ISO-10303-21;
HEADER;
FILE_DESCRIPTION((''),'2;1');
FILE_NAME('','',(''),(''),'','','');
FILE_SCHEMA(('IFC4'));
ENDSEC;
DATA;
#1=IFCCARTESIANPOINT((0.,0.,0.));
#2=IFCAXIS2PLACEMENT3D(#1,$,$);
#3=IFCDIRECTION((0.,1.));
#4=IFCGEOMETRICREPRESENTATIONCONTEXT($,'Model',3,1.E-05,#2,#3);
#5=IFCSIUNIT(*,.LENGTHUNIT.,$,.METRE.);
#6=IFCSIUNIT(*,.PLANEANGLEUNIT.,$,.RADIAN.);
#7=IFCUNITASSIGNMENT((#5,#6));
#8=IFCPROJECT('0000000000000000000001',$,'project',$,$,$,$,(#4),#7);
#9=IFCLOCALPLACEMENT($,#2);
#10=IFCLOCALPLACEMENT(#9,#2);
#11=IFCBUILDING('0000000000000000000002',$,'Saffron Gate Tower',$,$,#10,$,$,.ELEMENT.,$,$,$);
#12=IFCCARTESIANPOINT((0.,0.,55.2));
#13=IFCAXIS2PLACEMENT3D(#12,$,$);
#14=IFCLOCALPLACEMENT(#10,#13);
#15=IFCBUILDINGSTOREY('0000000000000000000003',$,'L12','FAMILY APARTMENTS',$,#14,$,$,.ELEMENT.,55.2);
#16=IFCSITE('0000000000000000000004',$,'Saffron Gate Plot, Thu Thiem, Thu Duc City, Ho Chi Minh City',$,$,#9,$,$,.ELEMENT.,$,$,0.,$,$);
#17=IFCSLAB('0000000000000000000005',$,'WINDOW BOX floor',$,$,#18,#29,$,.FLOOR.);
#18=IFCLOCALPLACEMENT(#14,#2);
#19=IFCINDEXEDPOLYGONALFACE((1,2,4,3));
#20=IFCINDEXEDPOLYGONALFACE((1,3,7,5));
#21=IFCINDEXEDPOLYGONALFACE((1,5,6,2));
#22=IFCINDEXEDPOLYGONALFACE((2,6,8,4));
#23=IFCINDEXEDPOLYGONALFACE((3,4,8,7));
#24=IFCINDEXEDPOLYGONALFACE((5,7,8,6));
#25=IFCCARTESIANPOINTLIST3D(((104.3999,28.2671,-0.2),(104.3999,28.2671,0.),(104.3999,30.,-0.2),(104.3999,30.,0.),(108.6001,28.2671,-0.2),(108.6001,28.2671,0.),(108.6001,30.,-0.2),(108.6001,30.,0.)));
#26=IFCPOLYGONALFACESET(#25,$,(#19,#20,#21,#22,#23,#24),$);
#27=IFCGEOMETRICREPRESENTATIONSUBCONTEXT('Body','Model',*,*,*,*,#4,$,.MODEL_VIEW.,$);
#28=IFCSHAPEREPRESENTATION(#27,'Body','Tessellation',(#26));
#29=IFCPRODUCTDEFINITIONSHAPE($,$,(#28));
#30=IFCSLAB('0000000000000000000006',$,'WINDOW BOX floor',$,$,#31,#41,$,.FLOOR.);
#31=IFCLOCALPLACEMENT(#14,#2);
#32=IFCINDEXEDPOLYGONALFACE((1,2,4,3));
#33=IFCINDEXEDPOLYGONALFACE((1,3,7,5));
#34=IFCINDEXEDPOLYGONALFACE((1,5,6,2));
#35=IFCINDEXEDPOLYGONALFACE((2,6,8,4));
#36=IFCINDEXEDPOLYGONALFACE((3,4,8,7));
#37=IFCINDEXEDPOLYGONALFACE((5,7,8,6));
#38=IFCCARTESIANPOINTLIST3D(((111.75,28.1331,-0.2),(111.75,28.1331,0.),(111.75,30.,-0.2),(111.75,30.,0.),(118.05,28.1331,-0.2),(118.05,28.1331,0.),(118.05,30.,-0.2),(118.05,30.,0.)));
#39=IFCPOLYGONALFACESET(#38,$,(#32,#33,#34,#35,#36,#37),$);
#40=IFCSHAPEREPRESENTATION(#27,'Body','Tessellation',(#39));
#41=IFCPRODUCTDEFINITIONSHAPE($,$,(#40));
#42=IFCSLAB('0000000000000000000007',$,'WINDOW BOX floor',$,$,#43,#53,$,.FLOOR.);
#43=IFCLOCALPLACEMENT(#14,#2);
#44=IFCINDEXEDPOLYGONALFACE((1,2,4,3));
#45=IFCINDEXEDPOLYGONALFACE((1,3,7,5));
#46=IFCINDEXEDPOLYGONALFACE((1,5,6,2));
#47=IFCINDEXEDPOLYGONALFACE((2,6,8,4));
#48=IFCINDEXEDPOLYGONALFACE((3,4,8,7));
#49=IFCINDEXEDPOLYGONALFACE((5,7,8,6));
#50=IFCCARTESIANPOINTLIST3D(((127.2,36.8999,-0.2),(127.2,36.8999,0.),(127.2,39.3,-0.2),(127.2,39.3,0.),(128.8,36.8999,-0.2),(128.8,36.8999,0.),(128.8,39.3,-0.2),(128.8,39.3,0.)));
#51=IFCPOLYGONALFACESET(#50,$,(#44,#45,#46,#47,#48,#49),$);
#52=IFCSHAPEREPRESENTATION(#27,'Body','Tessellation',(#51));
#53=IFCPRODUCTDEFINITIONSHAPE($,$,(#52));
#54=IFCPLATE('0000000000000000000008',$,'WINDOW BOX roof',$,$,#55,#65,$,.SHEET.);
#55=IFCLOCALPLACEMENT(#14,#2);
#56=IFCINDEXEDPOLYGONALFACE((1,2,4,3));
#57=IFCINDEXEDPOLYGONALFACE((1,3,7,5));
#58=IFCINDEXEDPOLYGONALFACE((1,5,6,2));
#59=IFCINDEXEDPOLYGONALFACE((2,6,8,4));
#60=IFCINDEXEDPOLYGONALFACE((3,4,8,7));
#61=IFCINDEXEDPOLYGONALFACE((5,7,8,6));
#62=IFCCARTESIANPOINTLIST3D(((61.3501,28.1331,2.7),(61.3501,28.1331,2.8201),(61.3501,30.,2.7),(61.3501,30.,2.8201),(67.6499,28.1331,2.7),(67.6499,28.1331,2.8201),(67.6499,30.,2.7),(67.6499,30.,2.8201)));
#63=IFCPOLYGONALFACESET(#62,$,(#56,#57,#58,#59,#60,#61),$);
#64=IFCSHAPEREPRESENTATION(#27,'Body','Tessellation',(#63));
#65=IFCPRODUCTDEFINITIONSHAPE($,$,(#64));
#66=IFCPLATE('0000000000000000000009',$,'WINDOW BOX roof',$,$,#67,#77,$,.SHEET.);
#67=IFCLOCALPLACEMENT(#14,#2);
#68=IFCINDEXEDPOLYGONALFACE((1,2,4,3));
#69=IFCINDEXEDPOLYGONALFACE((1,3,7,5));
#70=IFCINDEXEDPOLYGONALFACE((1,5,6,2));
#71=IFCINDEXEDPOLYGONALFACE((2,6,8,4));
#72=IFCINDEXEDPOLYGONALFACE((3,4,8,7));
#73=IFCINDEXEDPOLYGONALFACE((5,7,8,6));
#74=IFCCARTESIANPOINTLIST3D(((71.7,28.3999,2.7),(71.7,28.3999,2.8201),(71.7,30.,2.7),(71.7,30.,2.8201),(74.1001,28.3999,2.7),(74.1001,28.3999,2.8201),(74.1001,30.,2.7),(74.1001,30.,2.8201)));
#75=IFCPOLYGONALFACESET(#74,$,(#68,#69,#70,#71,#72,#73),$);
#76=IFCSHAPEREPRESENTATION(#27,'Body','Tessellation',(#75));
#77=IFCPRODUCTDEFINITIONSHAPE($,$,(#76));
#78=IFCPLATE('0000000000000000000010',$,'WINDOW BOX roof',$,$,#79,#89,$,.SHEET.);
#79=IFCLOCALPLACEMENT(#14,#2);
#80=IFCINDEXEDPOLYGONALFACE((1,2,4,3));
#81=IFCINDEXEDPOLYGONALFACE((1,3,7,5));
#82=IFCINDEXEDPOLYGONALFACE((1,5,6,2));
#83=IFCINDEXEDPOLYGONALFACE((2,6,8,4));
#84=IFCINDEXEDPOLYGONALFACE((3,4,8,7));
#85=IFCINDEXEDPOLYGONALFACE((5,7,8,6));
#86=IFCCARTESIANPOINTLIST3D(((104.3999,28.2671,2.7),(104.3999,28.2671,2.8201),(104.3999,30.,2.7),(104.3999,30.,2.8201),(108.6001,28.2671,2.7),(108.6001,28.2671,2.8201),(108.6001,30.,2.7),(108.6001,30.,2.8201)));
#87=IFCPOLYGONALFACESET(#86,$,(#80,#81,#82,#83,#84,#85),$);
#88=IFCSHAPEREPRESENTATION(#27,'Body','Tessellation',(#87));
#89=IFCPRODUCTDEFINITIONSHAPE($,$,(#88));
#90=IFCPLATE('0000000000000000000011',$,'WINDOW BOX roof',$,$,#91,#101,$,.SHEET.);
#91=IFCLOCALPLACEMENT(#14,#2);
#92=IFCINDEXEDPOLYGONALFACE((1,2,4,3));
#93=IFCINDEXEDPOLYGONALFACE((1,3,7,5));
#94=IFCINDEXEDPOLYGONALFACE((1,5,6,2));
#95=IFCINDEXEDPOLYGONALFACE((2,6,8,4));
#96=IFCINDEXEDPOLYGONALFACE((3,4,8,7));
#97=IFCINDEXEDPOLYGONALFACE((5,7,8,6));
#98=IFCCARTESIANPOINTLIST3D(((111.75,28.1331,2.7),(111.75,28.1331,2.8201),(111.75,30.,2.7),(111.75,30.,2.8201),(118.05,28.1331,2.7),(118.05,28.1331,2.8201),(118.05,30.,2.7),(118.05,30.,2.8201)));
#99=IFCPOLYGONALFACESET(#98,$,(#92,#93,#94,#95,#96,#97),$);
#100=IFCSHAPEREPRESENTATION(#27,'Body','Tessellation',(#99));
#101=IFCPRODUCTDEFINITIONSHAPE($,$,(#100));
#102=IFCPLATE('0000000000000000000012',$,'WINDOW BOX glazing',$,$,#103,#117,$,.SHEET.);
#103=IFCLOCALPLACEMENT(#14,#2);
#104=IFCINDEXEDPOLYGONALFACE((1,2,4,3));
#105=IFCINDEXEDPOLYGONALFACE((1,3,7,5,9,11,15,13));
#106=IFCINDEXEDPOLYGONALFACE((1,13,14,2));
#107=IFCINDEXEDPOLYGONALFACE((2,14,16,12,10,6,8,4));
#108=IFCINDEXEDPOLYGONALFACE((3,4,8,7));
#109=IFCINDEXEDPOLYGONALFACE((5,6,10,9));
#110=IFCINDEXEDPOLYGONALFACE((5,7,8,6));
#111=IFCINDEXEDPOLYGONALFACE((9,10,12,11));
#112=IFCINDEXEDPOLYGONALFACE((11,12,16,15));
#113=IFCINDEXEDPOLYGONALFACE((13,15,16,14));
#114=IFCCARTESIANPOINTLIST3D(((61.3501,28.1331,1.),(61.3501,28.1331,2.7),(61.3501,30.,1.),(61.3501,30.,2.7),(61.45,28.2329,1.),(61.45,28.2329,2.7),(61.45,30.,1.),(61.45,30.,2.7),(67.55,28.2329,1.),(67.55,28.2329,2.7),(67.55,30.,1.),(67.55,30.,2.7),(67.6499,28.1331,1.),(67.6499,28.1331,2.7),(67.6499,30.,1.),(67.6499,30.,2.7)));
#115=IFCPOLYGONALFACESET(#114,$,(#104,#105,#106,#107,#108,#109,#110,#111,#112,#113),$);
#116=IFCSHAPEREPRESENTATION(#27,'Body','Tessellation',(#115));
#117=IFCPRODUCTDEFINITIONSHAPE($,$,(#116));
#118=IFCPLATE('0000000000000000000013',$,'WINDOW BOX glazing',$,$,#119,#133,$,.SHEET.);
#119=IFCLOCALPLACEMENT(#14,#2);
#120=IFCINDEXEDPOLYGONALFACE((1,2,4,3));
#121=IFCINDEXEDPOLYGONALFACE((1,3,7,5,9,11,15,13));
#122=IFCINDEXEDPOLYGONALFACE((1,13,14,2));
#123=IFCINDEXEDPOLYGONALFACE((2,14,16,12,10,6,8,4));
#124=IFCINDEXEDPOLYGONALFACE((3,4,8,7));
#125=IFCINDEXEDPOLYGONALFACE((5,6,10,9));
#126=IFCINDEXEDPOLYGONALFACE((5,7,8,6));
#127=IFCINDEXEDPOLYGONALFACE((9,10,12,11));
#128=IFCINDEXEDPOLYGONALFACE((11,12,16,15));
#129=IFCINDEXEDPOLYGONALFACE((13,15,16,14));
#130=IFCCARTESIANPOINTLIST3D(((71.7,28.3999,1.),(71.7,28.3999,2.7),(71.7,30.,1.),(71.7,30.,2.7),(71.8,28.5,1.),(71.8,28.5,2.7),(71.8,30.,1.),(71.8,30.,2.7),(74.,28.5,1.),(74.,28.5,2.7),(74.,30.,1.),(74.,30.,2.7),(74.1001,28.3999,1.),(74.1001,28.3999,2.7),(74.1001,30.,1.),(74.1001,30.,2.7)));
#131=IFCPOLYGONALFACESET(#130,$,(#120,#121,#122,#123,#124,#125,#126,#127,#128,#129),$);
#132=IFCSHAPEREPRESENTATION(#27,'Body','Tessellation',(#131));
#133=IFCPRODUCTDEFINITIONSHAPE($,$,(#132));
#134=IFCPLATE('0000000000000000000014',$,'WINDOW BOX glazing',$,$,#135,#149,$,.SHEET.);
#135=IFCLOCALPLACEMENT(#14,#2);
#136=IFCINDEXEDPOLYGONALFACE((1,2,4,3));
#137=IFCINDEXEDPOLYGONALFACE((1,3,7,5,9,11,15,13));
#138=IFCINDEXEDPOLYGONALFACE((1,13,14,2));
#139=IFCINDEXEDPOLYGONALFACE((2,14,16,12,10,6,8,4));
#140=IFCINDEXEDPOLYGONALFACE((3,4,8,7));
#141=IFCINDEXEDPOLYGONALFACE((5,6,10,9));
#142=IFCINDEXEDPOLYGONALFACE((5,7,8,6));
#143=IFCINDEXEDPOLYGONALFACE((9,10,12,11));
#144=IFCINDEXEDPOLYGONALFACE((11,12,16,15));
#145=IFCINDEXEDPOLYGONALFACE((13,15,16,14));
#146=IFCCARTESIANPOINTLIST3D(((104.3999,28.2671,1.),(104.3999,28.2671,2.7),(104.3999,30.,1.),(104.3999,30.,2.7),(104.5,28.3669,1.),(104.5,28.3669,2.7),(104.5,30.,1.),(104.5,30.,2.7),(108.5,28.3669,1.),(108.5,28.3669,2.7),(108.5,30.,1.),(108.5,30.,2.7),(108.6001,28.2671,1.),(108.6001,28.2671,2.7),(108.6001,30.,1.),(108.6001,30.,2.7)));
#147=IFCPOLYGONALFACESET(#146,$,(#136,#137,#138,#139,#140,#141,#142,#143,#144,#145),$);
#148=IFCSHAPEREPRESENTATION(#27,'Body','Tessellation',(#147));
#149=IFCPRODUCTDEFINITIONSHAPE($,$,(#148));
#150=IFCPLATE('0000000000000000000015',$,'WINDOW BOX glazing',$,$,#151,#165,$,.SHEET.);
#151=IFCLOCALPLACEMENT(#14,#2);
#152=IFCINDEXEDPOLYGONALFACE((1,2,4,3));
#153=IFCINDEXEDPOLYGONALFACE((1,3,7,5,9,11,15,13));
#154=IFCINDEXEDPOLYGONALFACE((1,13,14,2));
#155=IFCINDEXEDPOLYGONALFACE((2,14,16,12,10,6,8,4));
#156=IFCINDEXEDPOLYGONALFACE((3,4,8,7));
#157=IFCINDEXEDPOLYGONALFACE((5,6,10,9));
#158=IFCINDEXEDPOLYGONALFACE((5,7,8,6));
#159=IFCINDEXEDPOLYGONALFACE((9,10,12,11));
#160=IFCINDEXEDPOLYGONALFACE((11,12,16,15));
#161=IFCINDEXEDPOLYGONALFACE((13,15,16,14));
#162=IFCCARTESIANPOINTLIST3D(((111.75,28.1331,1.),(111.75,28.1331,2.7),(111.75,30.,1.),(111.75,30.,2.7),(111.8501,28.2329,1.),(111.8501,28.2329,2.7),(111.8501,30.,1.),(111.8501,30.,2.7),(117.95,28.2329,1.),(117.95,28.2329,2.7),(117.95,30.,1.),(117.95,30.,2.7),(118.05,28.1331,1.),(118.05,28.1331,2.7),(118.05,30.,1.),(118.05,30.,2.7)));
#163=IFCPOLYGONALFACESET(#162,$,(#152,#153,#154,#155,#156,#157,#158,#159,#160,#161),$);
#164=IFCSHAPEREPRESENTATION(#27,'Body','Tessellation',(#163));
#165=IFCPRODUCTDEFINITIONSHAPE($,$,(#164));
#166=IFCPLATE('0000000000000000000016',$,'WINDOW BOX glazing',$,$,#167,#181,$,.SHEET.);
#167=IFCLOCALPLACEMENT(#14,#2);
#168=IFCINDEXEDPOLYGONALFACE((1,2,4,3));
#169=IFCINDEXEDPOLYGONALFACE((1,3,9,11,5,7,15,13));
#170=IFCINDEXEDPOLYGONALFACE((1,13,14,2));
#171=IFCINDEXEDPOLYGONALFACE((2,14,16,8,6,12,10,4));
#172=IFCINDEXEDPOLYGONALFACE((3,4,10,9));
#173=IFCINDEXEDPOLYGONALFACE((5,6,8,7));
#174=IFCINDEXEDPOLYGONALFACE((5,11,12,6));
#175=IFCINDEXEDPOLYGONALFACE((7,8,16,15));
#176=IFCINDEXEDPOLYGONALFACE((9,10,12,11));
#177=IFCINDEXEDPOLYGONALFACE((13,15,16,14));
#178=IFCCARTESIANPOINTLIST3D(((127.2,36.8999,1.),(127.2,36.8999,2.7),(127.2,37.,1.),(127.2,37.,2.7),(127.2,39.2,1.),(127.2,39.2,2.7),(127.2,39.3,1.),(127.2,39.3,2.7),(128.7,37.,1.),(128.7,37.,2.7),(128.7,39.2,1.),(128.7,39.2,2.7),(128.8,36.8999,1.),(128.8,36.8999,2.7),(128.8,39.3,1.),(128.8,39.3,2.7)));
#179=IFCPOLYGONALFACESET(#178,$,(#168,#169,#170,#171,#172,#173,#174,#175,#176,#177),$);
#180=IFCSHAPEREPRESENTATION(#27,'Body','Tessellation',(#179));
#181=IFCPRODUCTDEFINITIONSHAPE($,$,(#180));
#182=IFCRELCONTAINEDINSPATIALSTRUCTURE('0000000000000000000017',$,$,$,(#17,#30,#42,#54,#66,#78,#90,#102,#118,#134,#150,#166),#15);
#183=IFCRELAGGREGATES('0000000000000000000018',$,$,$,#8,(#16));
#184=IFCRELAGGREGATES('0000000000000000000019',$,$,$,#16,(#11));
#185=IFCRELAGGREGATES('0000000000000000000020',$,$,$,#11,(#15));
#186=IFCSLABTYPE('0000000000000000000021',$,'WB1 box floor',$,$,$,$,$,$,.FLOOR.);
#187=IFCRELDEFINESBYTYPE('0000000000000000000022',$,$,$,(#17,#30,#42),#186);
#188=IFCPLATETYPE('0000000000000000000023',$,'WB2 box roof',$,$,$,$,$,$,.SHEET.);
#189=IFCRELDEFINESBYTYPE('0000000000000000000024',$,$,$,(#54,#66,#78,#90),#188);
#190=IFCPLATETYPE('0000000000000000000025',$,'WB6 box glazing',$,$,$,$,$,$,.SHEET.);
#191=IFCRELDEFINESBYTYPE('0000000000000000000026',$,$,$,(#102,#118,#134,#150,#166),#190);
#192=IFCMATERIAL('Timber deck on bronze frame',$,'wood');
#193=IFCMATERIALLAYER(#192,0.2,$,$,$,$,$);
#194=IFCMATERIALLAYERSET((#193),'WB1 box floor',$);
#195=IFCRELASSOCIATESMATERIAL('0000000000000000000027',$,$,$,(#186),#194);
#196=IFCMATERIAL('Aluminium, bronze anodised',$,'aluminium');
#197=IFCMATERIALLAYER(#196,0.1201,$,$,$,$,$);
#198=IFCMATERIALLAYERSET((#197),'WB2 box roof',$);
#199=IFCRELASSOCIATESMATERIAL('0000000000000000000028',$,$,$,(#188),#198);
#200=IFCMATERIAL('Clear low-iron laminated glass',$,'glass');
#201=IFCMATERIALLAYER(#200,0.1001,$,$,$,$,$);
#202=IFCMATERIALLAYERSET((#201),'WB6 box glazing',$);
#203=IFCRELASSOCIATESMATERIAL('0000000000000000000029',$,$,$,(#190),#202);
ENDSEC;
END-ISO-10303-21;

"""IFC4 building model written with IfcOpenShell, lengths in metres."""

from ifc_helpers import new_model, si_unit, direction, frame, origin, place, context, subcontext, project, spatial, polyline, outline, extrude, material, layer, layer_set, type_object, element, save


model = new_model("IFC4")

# Units and contexts
model_context = context("Model", 3, precision=1e-05, world=origin(), true_north=direction((0.0, 1.0)))
body_context = subcontext(model_context, "Body", "Model", "MODEL_VIEW")
ifc_project = project(units=[si_unit("LENGTHUNIT", "METRE"), si_unit("PLANEANGLEUNIT", "RADIAN")], contexts=[model_context])

# Site, building, storey
site_placement = place(None, origin())
site = spatial("IfcSite", under=ifc_project, at=site_placement, Name="Saffron Gate Plot, Thu Thiem, Thu Duc City, Ho Chi Minh City", CompositionType="ELEMENT", RefElevation=0.0)
building_placement = place(site_placement, origin())
building = spatial("IfcBuilding", under=site, at=building_placement, Name="Saffron Gate Tower", CompositionType="ELEMENT")
storey_placement = place(building_placement, frame((0.0, 0.0, 55.2)))
storey = spatial("IfcBuildingStorey", under=building, at=storey_placement, Name="L12", Description="FAMILY APARTMENTS", CompositionType="ELEMENT", Elevation=55.2)

# Slabs
ifc_material_1 = material(Name="Timber deck on bronze frame", Category="wood")
ifc_layer_1 = layer(ifc_material_1, 0.2)
ifc_layer_set_1 = layer_set([ifc_layer_1], Name="WB1 box floor")
slab_type_1 = type_object("IfcSlabType", Name="WB1 box floor", PredefinedType="FLOOR", material=ifc_layer_set_1)
slab_1_placement = place(storey_placement, frame((0.0, 0.0, -0.2)))
element("IfcSlab", 1, at=slab_1_placement, inside=storey, type_object=slab_type_1, Name="WINDOW BOX floor", PredefinedType="FLOOR", context=body_context, shape_type="SweptSolid", body=[
    extrude(outline(polyline([(104.3999, 30.0), (108.6001, 30.0), (108.6001, 28.2671), (104.3999, 28.2671), (104.3999, 30.0)])), origin(), (0.0, 0.0, 1.0), 0.2),
])
slab_2_placement = place(storey_placement, frame((0.0, 0.0, -0.2)))
element("IfcSlab", 2, at=slab_2_placement, inside=storey, type_object=slab_type_1, Name="WINDOW BOX floor", PredefinedType="FLOOR", context=body_context, shape_type="SweptSolid", body=[
    extrude(outline(polyline([(111.75, 30.0), (118.05, 30.0), (118.05, 28.1331), (111.75, 28.1331), (111.75, 30.0)])), origin(), (0.0, 0.0, 1.0), 0.2),
])
slab_3_placement = place(storey_placement, frame((0.0, 0.0, -0.2)))
element("IfcSlab", 3, at=slab_3_placement, inside=storey, type_object=slab_type_1, Name="WINDOW BOX floor", PredefinedType="FLOOR", context=body_context, shape_type="SweptSolid", body=[
    extrude(outline(polyline([(127.2, 36.8999), (127.2, 39.3), (128.8, 39.3), (128.8, 36.8999), (127.2, 36.8999)])), origin(), (0.0, 0.0, 1.0), 0.2),
])

# Plates
ifc_material_2 = material(Name="Aluminium, bronze anodised", Category="aluminium")
ifc_layer_2 = layer(ifc_material_2, 0.1201)
ifc_layer_set_2 = layer_set([ifc_layer_2], Name="WB2 box roof")
plate_type_1 = type_object("IfcPlateType", Name="WB2 box roof", PredefinedType="SHEET", material=ifc_layer_set_2)
plate_1_placement = place(storey_placement, frame((0.0, 0.0, 2.7)))
element("IfcPlate", 4, at=plate_1_placement, inside=storey, type_object=plate_type_1, Name="WINDOW BOX roof", PredefinedType="SHEET", context=body_context, shape_type="SweptSolid", body=[
    extrude(outline(polyline([(61.3501, 30.0), (67.6499, 30.0), (67.6499, 28.1331), (61.3501, 28.1331), (61.3501, 30.0)])), origin(), (0.0, 0.0, 1.0), 0.1201),
])
plate_2_placement = place(storey_placement, frame((0.0, 0.0, 2.7)))
element("IfcPlate", 5, at=plate_2_placement, inside=storey, type_object=plate_type_1, Name="WINDOW BOX roof", PredefinedType="SHEET", context=body_context, shape_type="SweptSolid", body=[
    extrude(outline(polyline([(71.7, 30.0), (74.1001, 30.0), (74.1001, 28.3999), (71.7, 28.3999), (71.7, 30.0)])), origin(), (0.0, 0.0, 1.0), 0.1201),
])
plate_3_placement = place(storey_placement, frame((0.0, 0.0, 2.7)))
element("IfcPlate", 6, at=plate_3_placement, inside=storey, type_object=plate_type_1, Name="WINDOW BOX roof", PredefinedType="SHEET", context=body_context, shape_type="SweptSolid", body=[
    extrude(outline(polyline([(104.3999, 30.0), (108.6001, 30.0), (108.6001, 28.2671), (104.3999, 28.2671), (104.3999, 30.0)])), origin(), (0.0, 0.0, 1.0), 0.1201),
])
plate_4_placement = place(storey_placement, frame((0.0, 0.0, 2.7)))
element("IfcPlate", 7, at=plate_4_placement, inside=storey, type_object=plate_type_1, Name="WINDOW BOX roof", PredefinedType="SHEET", context=body_context, shape_type="SweptSolid", body=[
    extrude(outline(polyline([(111.75, 30.0), (118.05, 30.0), (118.05, 28.1331), (111.75, 28.1331), (111.75, 30.0)])), origin(), (0.0, 0.0, 1.0), 0.1201),
])
ifc_material_3 = material(Name="Clear low-iron laminated glass", Category="glass")
ifc_layer_3 = layer(ifc_material_3, 0.1001)
ifc_layer_set_3 = layer_set([ifc_layer_3], Name="WB6 box glazing")
plate_type_2 = type_object("IfcPlateType", Name="WB6 box glazing", PredefinedType="SHEET", material=ifc_layer_set_3)
plate_5_placement = place(storey_placement, frame((0.0, 0.0, 1.0)))
element("IfcPlate", 8, at=plate_5_placement, inside=storey, type_object=plate_type_2, Name="WINDOW BOX glazing", PredefinedType="SHEET", context=body_context, shape_type="SweptSolid", body=[
    extrude(outline(polyline([(61.3501, 30.0), (61.45, 30.0), (61.45, 28.2329), (67.55, 28.2329), (67.55, 30.0), (67.6499, 30.0), (67.6499, 28.1331), (61.3501, 28.1331), (61.3501, 30.0)])), origin(), (0.0, 0.0, 1.0), 1.7),
])
plate_6_placement = place(storey_placement, frame((0.0, 0.0, 1.0)))
element("IfcPlate", 9, at=plate_6_placement, inside=storey, type_object=plate_type_2, Name="WINDOW BOX glazing", PredefinedType="SHEET", context=body_context, shape_type="SweptSolid", body=[
    extrude(outline(polyline([(71.7, 30.0), (71.8, 30.0), (71.8, 28.5), (74.0, 28.5), (74.0, 30.0), (74.1001, 30.0), (74.1001, 28.3999), (71.7, 28.3999), (71.7, 30.0)])), origin(), (0.0, 0.0, 1.0), 1.7),
])
plate_7_placement = place(storey_placement, frame((0.0, 0.0, 1.0)))
element("IfcPlate", 10, at=plate_7_placement, inside=storey, type_object=plate_type_2, Name="WINDOW BOX glazing", PredefinedType="SHEET", context=body_context, shape_type="SweptSolid", body=[
    extrude(outline(polyline([(104.3999, 30.0), (104.5, 30.0), (104.5, 28.3669), (108.5, 28.3669), (108.5, 30.0), (108.6001, 30.0), (108.6001, 28.2671), (104.3999, 28.2671), (104.3999, 30.0)])), origin(), (0.0, 0.0, 1.0), 1.7),
])
plate_8_placement = place(storey_placement, frame((0.0, 0.0, 1.0)))
element("IfcPlate", 11, at=plate_8_placement, inside=storey, type_object=plate_type_2, Name="WINDOW BOX glazing", PredefinedType="SHEET", context=body_context, shape_type="SweptSolid", body=[
    extrude(outline(polyline([(111.75, 30.0), (111.8501, 30.0), (111.8501, 28.2329), (117.95, 28.2329), (117.95, 30.0), (118.05, 30.0), (118.05, 28.1331), (111.75, 28.1331), (111.75, 30.0)])), origin(), (0.0, 0.0, 1.0), 1.7),
])
plate_9_placement = place(storey_placement, frame((0.0, 0.0, 1.0)))
element("IfcPlate", 12, at=plate_9_placement, inside=storey, type_object=plate_type_2, Name="WINDOW BOX glazing", PredefinedType="SHEET", context=body_context, shape_type="SweptSolid", body=[
    extrude(outline(polyline([(127.2, 36.8999), (127.2, 37.0), (128.7, 37.0), (128.7, 39.2), (127.2, 39.2), (127.2, 39.3), (128.8, 39.3), (128.8, 36.8999), (127.2, 36.8999)])), origin(), (0.0, 0.0, 1.0), 1.7),
])

save(model, "model.ifc")
